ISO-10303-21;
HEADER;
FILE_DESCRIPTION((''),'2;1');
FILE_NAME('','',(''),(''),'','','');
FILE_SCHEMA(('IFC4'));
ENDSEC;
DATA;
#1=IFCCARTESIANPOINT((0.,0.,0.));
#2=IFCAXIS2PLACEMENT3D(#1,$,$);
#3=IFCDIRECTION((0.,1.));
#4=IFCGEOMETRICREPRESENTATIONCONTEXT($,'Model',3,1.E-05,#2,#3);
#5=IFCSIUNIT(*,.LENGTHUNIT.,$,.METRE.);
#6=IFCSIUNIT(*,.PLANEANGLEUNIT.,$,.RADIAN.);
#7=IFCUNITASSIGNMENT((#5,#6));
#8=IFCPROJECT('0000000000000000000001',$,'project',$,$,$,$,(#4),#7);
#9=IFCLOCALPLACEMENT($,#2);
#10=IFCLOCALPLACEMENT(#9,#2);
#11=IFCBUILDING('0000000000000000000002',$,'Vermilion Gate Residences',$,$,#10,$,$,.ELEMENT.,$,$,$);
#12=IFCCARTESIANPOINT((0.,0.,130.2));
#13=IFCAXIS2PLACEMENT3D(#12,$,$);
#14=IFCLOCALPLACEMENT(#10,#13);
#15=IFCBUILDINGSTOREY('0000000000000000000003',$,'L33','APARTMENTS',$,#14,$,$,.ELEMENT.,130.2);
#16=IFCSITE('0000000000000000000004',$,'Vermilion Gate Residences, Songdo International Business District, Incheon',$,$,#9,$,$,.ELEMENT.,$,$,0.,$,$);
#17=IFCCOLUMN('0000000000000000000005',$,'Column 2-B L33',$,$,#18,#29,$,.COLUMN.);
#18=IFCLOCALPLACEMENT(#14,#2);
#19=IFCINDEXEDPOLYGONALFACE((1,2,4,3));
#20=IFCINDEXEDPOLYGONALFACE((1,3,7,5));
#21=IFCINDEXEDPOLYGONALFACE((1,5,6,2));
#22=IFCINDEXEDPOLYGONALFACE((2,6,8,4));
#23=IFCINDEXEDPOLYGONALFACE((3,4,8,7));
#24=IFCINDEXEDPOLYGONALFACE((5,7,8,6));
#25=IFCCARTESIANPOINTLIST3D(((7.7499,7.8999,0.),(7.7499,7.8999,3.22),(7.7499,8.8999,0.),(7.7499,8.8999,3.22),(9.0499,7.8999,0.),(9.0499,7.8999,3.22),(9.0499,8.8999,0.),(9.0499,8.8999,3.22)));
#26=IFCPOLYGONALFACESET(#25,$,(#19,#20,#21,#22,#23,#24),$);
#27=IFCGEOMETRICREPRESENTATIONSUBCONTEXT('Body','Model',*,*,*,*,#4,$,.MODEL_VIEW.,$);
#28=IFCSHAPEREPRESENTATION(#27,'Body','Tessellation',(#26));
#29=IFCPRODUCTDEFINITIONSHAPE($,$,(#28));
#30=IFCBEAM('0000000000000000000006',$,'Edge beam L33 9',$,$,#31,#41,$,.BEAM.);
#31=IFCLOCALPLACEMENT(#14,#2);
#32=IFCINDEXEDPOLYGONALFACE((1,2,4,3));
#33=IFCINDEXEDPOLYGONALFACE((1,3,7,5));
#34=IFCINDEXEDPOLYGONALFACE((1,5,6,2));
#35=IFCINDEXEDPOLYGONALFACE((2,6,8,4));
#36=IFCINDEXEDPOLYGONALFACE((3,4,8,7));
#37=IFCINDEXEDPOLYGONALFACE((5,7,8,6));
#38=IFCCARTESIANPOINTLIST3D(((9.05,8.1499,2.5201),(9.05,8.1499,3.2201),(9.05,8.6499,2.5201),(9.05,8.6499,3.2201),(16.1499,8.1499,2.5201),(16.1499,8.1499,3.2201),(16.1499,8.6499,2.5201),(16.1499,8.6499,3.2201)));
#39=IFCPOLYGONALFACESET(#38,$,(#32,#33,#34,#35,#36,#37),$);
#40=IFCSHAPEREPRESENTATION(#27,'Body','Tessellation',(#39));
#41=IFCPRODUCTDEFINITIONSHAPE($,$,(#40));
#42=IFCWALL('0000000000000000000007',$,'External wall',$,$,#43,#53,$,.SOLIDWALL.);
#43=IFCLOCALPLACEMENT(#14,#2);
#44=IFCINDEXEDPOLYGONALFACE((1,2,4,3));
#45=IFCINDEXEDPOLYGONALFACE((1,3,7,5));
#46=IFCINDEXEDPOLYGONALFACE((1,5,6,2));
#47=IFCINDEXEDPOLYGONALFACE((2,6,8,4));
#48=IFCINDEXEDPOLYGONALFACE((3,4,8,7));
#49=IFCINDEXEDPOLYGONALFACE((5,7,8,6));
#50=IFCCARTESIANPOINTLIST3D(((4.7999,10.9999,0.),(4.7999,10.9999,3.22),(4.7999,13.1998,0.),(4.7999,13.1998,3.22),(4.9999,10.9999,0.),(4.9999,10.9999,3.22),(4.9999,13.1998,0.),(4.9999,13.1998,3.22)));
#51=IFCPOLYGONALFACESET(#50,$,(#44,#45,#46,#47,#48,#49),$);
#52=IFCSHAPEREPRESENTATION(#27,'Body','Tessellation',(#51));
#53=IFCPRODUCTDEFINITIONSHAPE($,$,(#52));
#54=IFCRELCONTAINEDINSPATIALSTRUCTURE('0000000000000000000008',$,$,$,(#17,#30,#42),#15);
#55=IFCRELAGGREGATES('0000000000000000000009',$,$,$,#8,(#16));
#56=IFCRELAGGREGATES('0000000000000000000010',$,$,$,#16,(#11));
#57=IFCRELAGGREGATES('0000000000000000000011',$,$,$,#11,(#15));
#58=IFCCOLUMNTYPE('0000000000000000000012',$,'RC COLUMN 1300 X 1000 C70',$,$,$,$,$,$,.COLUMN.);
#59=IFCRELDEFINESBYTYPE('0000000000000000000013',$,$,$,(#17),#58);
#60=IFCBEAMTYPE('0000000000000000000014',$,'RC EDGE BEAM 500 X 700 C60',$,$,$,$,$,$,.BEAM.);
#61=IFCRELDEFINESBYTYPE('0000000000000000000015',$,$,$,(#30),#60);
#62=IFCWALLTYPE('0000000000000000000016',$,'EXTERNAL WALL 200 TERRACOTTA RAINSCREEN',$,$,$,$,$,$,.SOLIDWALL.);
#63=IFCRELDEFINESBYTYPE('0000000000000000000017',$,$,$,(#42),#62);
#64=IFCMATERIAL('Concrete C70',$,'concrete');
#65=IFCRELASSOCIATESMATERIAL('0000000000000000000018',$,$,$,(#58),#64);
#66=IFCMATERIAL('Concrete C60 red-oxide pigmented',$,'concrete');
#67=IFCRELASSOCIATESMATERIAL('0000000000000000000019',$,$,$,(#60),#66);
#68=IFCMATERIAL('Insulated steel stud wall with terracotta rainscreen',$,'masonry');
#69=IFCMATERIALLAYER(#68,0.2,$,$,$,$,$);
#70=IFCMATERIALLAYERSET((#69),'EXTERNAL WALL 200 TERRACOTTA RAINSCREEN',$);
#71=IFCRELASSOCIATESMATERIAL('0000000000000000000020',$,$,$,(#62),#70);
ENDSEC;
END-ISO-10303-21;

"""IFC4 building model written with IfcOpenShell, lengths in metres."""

from ifc_helpers import new_model, si_unit, direction, frame, frame_2d, origin, origin_2d, place, context, subcontext, project, spatial, rectangle, extrude, material, layer, layer_set, material_profile, profile_set, type_object, element, save


model = new_model("IFC4")

# Units and contexts
model_context = context("Model", 3, precision=1e-05, world=origin(), true_north=direction((0.0, 1.0)))
body_context = subcontext(model_context, "Body", "Model", "MODEL_VIEW")
ifc_project = project(units=[si_unit("LENGTHUNIT", "METRE"), si_unit("PLANEANGLEUNIT", "RADIAN")], contexts=[model_context])

# Site, building, storey
site_placement = place(None, origin())
site = spatial("IfcSite", under=ifc_project, at=site_placement, Name="Vermilion Gate Residences, Songdo International Business District, Incheon", CompositionType="ELEMENT", RefElevation=0.0)
building_placement = place(site_placement, origin())
building = spatial("IfcBuilding", under=site, at=building_placement, Name="Vermilion Gate Residences", CompositionType="ELEMENT")
storey_placement = place(building_placement, frame((0.0, 0.0, 130.2)))
storey = spatial("IfcBuildingStorey", under=building, at=storey_placement, Name="L33", Description="APARTMENTS", CompositionType="ELEMENT", Elevation=130.2)

# Column
ifc_material_1 = material(Name="Concrete C70", Category="concrete")
ifc_material_profile_1 = material_profile(ifc_material_1, rectangle(XDim=1.3, YDim=1.0, at=origin_2d()), Name="RC-1300x1000")
ifc_profile_set_1 = profile_set([ifc_material_profile_1], Name="Concrete C70")
column_type = type_object("IfcColumnType", Name="RC COLUMN 1300 X 1000 C70", PredefinedType="COLUMN", material=ifc_profile_set_1)
column_placement = place(storey_placement, frame((8.3999, 8.3999, 0.0), z_axis=(0.0, 0.0, 1.0), x_axis=(1.0, 0.0, 0.0)))
element("IfcColumn", 1, at=column_placement, inside=storey, type_object=column_type, Name="Column 2-B L33", PredefinedType="COLUMN", context=body_context, shape_type="SweptSolid", body=[
    extrude(rectangle(XDim=1.3, YDim=1.0, at=origin_2d()), origin(), (0.0, 0.0, 1.0), 3.22),
])

# Beam
ifc_material_2 = material(Name="Concrete C60 red-oxide pigmented", Category="concrete")
ifc_material_profile_2 = material_profile(ifc_material_2, rectangle(XDim=0.5, YDim=0.7, at=origin_2d()), Name="RC-500x700")
ifc_profile_set_2 = profile_set([ifc_material_profile_2], Name="Concrete C60 red-oxide pigmented")
beam_type = type_object("IfcBeamType", Name="RC EDGE BEAM 500 X 700 C60", PredefinedType="BEAM", material=ifc_profile_set_2)
beam_placement = place(storey_placement, frame((9.05, 8.3999, 2.8701), z_axis=(1.0, 0.0, 0.0), x_axis=(0.0, 1.0, 0.0)))
element("IfcBeam", 2, at=beam_placement, inside=storey, type_object=beam_type, Name="Edge beam L33 9", PredefinedType="BEAM", context=body_context, shape_type="SweptSolid", body=[
    extrude(rectangle(XDim=0.5, YDim=0.7, at=origin_2d()), origin(), (0.0, 0.0, 1.0), 7.0999),
])

# Wall
ifc_material_3 = material(Name="Insulated steel stud wall with terracotta rainscreen", Category="masonry")
ifc_layer_1 = layer(ifc_material_3, 0.2)
ifc_layer_set_1 = layer_set([ifc_layer_1], Name="EXTERNAL WALL 200 TERRACOTTA RAINSCREEN")
wall_type_1 = type_object("IfcWallType", Name="EXTERNAL WALL 200 TERRACOTTA RAINSCREEN", PredefinedType="SOLIDWALL", material=ifc_layer_set_1)
wall_1_placement = place(storey_placement, frame((4.8999, 13.2, 0.0), z_axis=(0.0, 0.0, 1.0), x_axis=(0.0, -1.0, 0.0)))
element("IfcWall", 3, at=wall_1_placement, inside=storey, type_object=wall_type_1, Name="External wall", PredefinedType="SOLIDWALL", context=body_context, shape_type="SweptSolid", body=[
    extrude(rectangle(XDim=2.2, YDim=0.2, at=frame_2d((1.1001, 0.0))), origin(), (0.0, 0.0, 1.0), 3.22),
])

save(model, "model.ifc")
